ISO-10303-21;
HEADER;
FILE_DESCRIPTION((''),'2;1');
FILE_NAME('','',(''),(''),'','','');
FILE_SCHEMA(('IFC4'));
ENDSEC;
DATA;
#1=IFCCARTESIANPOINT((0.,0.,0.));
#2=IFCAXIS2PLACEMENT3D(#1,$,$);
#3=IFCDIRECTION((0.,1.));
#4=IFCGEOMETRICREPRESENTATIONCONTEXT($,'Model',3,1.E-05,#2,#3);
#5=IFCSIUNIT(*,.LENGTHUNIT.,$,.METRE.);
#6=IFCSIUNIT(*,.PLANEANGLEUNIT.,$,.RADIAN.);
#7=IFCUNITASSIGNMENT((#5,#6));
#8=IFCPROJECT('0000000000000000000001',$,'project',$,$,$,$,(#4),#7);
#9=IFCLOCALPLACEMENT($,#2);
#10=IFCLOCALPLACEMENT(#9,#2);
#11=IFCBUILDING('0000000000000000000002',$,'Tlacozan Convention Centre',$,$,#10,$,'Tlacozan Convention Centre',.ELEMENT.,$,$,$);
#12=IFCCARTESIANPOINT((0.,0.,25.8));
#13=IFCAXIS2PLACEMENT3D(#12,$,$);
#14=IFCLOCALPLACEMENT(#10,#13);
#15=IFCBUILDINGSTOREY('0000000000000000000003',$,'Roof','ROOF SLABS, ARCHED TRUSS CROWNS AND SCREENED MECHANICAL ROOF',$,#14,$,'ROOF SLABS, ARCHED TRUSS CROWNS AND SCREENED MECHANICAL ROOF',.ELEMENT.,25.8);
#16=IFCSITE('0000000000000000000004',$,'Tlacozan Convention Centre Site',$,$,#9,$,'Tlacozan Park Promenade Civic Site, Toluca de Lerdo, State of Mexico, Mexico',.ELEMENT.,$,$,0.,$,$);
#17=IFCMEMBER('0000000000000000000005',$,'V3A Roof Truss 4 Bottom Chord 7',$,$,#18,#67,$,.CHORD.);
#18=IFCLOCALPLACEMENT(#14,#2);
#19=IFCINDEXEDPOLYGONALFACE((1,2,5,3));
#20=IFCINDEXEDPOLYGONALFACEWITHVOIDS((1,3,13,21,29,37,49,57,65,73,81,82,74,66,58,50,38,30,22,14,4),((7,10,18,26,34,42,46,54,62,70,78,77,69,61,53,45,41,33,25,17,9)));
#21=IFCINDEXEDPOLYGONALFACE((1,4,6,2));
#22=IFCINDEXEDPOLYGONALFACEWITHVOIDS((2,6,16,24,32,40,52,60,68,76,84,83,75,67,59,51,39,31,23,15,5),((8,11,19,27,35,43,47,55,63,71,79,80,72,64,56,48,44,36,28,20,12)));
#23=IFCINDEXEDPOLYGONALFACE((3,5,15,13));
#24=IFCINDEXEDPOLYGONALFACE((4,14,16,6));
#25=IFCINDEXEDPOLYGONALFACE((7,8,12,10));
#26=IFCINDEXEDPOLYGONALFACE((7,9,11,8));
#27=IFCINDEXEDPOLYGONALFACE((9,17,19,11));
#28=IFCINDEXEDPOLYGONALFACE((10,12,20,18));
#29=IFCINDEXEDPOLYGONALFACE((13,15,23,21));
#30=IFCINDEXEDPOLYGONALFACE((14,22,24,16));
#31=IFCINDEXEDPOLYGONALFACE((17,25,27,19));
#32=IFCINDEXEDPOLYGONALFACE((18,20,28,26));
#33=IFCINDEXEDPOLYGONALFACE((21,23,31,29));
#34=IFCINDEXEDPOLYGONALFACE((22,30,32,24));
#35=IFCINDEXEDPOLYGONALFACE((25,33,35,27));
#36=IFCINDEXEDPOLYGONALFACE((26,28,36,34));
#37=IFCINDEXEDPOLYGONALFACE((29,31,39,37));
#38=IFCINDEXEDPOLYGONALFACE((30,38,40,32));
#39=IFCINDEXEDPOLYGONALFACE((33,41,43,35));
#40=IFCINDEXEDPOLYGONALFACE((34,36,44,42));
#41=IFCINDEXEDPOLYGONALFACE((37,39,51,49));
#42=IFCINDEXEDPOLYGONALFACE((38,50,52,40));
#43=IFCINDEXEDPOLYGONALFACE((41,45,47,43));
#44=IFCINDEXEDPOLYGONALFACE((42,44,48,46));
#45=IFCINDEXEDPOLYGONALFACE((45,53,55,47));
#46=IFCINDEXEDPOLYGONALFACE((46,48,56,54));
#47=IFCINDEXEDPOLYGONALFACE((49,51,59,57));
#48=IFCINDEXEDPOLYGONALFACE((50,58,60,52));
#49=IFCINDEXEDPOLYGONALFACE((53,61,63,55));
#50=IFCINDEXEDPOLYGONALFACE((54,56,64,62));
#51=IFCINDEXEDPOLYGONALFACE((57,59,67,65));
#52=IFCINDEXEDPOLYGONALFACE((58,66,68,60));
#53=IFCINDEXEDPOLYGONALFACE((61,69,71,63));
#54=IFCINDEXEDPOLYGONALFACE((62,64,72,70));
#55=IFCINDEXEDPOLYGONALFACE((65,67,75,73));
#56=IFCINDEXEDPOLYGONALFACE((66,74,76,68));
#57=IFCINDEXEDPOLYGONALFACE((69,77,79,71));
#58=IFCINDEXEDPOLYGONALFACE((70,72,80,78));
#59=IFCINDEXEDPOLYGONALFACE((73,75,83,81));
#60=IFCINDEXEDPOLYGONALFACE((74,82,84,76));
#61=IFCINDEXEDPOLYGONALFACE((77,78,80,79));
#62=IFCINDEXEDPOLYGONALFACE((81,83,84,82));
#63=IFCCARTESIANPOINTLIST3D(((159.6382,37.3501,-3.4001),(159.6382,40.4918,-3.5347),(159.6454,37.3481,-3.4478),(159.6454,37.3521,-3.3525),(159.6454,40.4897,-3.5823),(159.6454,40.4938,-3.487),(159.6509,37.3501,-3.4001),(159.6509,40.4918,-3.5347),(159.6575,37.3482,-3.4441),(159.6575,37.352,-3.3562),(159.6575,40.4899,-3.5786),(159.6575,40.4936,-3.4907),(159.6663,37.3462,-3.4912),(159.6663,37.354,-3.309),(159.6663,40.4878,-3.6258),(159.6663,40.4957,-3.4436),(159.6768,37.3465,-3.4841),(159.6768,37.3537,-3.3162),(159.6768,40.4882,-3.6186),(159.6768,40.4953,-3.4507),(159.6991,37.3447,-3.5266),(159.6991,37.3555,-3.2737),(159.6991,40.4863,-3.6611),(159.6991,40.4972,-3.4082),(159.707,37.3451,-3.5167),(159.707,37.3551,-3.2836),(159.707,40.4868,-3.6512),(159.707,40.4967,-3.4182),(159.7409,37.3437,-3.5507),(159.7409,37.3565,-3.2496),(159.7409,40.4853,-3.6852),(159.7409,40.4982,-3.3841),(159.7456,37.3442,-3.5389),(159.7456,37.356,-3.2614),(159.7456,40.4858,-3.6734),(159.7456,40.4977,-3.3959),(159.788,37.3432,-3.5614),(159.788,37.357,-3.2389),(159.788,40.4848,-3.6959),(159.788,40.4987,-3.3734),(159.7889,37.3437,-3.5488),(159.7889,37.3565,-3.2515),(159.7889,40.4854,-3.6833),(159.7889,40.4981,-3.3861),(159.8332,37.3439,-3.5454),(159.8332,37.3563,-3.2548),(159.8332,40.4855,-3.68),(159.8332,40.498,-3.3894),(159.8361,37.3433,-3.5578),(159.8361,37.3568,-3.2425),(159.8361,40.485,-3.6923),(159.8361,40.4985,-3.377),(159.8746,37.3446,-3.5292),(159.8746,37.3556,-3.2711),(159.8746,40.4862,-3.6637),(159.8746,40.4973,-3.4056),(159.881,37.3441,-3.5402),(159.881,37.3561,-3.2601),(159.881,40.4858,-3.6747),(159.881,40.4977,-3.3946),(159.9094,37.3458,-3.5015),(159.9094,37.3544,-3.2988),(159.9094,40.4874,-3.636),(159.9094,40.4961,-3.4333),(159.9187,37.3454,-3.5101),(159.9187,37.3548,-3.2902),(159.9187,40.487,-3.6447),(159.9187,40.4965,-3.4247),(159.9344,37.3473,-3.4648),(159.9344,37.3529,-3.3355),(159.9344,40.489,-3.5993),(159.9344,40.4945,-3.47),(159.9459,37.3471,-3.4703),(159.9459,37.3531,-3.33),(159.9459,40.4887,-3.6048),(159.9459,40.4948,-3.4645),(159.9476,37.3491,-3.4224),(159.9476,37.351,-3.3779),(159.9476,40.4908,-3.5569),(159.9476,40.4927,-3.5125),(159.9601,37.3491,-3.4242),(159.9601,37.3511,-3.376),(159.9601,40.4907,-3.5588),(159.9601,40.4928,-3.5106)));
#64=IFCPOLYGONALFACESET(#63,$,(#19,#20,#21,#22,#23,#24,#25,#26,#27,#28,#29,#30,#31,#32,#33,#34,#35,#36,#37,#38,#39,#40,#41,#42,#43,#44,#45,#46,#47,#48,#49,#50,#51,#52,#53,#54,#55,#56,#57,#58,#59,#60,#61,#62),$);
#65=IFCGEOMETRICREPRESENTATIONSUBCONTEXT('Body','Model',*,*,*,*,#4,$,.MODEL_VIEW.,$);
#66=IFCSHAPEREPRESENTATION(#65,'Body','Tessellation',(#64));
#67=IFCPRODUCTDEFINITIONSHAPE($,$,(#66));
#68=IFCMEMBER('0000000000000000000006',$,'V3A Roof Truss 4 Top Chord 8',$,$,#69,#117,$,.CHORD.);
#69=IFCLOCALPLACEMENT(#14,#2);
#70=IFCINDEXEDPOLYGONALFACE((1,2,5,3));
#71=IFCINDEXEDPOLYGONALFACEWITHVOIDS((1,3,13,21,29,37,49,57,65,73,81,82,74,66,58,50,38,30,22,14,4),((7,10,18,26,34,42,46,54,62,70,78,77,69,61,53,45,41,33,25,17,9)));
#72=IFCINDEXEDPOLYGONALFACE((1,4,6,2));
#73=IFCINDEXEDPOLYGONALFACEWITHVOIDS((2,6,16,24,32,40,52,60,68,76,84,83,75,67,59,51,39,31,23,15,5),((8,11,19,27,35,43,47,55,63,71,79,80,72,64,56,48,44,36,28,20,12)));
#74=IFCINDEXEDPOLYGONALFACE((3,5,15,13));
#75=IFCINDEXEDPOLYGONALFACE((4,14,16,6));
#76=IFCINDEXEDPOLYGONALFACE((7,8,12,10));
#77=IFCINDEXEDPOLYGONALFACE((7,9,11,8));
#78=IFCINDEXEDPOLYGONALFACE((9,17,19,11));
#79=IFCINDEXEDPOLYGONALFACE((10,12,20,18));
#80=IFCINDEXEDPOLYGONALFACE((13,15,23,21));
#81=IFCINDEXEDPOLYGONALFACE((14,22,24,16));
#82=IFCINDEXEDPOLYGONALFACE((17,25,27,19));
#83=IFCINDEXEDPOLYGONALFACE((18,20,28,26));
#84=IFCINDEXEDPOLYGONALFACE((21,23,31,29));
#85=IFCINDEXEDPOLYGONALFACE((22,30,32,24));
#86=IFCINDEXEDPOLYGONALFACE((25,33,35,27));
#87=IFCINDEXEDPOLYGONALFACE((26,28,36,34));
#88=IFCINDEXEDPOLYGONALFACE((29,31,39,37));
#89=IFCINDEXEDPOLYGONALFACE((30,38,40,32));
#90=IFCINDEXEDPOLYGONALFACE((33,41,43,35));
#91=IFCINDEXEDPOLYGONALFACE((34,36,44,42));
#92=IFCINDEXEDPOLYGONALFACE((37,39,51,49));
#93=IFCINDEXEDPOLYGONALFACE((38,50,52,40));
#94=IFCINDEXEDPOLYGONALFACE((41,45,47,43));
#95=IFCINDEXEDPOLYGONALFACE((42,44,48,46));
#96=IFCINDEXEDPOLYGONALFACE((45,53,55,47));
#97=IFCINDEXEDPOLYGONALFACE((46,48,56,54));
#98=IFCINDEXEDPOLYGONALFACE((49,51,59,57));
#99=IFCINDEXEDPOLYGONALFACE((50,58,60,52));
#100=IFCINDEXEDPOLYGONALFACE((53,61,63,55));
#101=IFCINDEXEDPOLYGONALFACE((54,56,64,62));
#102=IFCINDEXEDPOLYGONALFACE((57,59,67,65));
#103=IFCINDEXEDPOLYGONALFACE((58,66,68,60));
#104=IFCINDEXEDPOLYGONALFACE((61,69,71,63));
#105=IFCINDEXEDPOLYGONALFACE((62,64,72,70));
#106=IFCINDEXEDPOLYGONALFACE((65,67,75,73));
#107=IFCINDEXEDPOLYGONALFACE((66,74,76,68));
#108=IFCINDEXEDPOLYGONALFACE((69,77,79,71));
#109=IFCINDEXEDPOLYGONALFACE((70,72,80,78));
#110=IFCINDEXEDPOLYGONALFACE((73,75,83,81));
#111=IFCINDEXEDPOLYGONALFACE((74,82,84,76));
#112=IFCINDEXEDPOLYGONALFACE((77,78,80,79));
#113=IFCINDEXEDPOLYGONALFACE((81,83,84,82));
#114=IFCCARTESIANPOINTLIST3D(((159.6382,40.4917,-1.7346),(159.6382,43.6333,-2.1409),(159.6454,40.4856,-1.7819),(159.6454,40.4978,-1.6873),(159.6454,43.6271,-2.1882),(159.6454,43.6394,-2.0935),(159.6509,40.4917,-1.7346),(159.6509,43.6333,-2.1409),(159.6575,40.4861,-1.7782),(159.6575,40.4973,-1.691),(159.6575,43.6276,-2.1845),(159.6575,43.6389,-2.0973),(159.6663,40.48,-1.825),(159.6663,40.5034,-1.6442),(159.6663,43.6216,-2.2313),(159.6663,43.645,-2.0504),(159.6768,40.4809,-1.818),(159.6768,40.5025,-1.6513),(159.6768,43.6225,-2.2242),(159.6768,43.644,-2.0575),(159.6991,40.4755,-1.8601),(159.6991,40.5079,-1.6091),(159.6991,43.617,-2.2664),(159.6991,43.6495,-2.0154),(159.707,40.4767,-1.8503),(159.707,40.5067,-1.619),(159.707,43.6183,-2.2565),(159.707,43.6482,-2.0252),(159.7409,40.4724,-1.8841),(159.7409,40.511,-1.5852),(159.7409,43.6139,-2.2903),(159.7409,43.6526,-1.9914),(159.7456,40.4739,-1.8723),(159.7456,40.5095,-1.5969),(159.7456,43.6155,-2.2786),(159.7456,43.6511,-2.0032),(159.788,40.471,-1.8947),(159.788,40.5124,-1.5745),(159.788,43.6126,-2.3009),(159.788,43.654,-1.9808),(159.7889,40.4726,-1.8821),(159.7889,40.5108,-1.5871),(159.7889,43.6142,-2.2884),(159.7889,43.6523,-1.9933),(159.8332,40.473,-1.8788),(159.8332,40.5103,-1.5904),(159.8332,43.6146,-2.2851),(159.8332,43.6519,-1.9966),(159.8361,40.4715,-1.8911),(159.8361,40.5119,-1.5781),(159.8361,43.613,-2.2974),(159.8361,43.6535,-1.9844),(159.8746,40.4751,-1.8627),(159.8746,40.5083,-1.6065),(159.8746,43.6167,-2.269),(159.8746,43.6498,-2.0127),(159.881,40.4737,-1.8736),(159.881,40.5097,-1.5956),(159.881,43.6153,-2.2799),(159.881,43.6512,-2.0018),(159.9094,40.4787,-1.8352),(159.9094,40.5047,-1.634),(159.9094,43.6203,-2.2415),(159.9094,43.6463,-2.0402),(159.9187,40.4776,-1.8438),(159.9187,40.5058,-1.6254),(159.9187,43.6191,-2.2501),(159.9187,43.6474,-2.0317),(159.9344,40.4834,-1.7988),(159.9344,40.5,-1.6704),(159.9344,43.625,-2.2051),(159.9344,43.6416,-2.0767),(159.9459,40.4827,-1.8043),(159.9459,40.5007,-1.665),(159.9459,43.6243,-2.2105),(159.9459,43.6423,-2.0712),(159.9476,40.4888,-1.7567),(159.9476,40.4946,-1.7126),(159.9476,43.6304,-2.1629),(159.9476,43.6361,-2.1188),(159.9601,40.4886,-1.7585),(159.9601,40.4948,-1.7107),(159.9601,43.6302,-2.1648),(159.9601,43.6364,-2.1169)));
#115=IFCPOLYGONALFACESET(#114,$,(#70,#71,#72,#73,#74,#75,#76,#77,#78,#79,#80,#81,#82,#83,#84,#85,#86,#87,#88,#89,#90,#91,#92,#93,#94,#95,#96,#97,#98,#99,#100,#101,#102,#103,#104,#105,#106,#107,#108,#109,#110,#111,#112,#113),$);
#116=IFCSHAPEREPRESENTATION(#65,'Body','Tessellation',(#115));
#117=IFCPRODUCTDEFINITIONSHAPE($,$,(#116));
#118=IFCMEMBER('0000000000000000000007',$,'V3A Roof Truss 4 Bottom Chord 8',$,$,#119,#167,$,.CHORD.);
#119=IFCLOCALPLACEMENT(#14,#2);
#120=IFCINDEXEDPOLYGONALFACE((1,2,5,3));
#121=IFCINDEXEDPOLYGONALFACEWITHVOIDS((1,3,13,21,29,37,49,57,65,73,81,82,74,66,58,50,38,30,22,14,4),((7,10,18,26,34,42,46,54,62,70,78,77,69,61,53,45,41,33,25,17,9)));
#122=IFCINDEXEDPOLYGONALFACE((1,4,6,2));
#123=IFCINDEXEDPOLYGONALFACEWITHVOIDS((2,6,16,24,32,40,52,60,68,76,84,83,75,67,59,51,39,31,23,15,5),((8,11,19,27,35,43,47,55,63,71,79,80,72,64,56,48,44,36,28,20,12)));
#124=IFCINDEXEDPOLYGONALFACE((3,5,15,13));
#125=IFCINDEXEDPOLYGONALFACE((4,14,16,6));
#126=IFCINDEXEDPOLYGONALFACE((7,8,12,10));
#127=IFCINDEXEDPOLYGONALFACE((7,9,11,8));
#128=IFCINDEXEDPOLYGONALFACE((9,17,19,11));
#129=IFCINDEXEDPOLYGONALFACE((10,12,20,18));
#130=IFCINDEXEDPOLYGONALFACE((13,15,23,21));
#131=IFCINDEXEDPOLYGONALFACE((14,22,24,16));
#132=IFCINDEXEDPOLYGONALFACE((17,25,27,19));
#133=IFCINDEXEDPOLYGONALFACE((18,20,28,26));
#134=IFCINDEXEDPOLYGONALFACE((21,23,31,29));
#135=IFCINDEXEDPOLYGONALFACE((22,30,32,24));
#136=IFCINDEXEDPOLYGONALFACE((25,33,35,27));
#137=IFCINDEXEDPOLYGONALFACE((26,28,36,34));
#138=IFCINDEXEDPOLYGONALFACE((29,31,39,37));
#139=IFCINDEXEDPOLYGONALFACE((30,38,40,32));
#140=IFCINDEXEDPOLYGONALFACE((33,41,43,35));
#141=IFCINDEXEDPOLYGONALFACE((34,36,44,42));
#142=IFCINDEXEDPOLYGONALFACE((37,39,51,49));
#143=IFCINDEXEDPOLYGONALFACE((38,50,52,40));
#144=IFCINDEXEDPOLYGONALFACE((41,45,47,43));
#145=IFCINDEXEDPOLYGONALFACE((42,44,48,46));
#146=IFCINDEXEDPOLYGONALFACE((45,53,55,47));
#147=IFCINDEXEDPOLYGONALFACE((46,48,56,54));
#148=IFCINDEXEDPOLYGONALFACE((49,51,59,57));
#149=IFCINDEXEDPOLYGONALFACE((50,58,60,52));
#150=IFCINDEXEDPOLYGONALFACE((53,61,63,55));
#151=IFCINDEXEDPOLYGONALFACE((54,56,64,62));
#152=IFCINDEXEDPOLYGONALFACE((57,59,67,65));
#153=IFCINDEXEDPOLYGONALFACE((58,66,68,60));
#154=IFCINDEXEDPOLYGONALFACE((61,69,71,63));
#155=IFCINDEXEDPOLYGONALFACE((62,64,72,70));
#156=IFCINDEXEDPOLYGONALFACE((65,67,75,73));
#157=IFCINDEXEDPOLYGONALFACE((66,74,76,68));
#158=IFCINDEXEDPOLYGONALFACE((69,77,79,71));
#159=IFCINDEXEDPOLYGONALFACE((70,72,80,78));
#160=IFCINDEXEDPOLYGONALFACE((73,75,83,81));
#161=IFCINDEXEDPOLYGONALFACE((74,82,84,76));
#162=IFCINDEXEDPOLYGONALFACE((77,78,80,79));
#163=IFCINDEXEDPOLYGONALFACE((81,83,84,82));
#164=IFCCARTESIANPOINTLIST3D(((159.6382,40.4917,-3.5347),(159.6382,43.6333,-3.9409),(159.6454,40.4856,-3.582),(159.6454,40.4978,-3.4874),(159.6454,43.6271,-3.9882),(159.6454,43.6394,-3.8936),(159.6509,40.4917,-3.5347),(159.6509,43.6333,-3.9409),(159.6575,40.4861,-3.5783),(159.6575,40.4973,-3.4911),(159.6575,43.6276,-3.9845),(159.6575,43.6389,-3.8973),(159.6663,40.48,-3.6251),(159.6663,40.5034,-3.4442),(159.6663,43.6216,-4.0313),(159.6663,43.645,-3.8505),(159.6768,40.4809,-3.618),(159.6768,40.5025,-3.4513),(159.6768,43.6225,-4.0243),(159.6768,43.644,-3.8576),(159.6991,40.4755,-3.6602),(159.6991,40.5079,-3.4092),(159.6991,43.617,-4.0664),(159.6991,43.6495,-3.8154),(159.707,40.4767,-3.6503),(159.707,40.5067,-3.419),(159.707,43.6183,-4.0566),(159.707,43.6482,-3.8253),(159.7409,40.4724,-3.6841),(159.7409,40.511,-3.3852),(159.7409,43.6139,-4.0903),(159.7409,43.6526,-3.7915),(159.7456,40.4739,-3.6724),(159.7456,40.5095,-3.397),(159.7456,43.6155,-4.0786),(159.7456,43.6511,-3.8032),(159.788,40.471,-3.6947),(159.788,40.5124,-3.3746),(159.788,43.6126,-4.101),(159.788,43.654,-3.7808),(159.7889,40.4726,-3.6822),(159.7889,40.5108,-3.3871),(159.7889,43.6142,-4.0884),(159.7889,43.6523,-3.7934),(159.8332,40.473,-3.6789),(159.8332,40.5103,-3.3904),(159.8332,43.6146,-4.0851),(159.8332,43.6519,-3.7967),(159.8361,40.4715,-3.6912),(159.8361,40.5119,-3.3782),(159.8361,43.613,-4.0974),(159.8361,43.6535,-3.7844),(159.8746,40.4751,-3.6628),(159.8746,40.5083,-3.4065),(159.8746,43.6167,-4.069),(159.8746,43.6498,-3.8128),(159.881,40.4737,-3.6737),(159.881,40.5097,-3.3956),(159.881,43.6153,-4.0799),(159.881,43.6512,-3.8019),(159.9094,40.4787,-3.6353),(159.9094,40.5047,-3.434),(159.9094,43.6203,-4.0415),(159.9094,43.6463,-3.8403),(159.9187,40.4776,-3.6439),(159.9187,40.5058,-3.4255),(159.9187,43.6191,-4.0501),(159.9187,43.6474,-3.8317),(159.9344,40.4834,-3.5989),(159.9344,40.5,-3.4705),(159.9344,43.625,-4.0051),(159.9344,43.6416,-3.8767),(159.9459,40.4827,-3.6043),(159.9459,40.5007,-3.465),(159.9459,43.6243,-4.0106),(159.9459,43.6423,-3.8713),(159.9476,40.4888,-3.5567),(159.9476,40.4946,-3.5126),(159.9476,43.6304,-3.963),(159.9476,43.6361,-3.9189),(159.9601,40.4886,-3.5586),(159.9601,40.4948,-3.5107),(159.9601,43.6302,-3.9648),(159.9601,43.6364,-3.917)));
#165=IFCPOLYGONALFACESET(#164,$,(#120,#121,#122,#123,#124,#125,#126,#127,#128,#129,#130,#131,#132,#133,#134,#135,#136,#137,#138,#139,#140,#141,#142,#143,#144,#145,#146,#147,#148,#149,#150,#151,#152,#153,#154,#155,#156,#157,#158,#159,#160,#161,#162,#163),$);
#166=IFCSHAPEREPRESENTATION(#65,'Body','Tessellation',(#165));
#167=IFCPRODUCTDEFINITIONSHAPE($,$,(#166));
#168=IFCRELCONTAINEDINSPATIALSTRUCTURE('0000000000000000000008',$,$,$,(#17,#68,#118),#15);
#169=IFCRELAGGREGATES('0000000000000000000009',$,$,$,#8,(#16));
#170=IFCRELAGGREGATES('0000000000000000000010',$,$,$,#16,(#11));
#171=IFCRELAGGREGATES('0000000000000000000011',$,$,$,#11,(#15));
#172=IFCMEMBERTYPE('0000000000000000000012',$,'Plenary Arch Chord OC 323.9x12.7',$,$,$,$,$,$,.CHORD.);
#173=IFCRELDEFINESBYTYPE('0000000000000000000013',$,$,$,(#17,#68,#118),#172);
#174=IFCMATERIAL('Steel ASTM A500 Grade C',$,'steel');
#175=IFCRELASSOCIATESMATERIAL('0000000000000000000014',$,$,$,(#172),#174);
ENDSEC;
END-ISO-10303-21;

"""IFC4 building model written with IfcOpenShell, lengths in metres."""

from ifc_helpers import new_model, si_unit, direction, frame, origin, origin_2d, place, context, subcontext, project, spatial, hollow_circle, extrude, material, material_profile, profile_set, type_object, element, save


model = new_model("IFC4")

# Units and contexts
model_context = context("Model", 3, precision=1e-05, world=origin(), true_north=direction((0.0, 1.0)))
body_context = subcontext(model_context, "Body", "Model", "MODEL_VIEW")
ifc_project = project(units=[si_unit("LENGTHUNIT", "METRE"), si_unit("PLANEANGLEUNIT", "RADIAN")], contexts=[model_context])

# Site, building, storey
site_placement = place(None, origin())
site = spatial("IfcSite", under=ifc_project, at=site_placement, Name="Tlacozan Convention Centre Site", LongName="Tlacozan Park Promenade Civic Site, Toluca de Lerdo, State of Mexico, Mexico", CompositionType="ELEMENT", RefElevation=0.0)
building_placement = place(site_placement, origin())
building = spatial("IfcBuilding", under=site, at=building_placement, Name="Tlacozan Convention Centre", LongName="Tlacozan Convention Centre", CompositionType="ELEMENT")
storey_placement = place(building_placement, frame((0.0, 0.0, 25.8)))
storey = spatial("IfcBuildingStorey", under=building, at=storey_placement, Name="Roof", Description="ROOF SLABS, ARCHED TRUSS CROWNS AND SCREENED MECHANICAL ROOF", LongName="ROOF SLABS, ARCHED TRUSS CROWNS AND SCREENED MECHANICAL ROOF", CompositionType="ELEMENT", Elevation=25.8)

# Members
ifc_material_1 = material(Name="Steel ASTM A500 Grade C", Category="steel")
ifc_material_profile_1 = material_profile(ifc_material_1, hollow_circle(Radius=0.1619, WallThickness=0.0127, at=origin_2d()), Name="OC 323.9x12.7")
ifc_profile_set_1 = profile_set([ifc_material_profile_1], Name="Steel ASTM A500 Grade C")
member_type_1 = type_object("IfcMemberType", Name="Plenary Arch Chord OC 323.9x12.7", PredefinedType="CHORD", material=ifc_profile_set_1)
for number, where, z_axis, x_axis, name in (
    (1, (159.8, 37.3501, -3.4001), (0.0, 0.999085, -0.04278), (-1.0, 0.0, 0.0), "V3A Roof Truss 4 Bottom Chord 7"),
):
    element("IfcMember", number, at=place(storey_placement, frame(where, z_axis=z_axis, x_axis=x_axis)), inside=storey, type_object=member_type_1, Name=name, PredefinedType="CHORD", context=body_context, shape_type="SweptSolid", body=[
        extrude(hollow_circle(Radius=0.1619, WallThickness=0.0127, at=origin_2d()), origin(), (0.0, 0.0, 1.0), 3.1445),
    ])
for number, where, z_axis, x_axis, name in (
    (2, (159.8, 40.4917, -1.7346), (0.0, 0.991742, -0.128245), (-1.0, 0.0, 0.0), "V3A Roof Truss 4 Top Chord 8"),
    (3, (159.8, 40.4917, -3.5347), (0.0, 0.991742, -0.128245), (-1.0, 0.0, 0.0), "V3A Roof Truss 4 Bottom Chord 8"),
):
    element("IfcMember", number, at=place(storey_placement, frame(where, z_axis=z_axis, x_axis=x_axis)), inside=storey, type_object=member_type_1, Name=name, PredefinedType="CHORD", context=body_context, shape_type="SweptSolid", body=[
        extrude(hollow_circle(Radius=0.1619, WallThickness=0.0127, at=origin_2d()), origin(), (0.0, 0.0, 1.0), 3.1677),
    ])

save(model, "model.ifc")
